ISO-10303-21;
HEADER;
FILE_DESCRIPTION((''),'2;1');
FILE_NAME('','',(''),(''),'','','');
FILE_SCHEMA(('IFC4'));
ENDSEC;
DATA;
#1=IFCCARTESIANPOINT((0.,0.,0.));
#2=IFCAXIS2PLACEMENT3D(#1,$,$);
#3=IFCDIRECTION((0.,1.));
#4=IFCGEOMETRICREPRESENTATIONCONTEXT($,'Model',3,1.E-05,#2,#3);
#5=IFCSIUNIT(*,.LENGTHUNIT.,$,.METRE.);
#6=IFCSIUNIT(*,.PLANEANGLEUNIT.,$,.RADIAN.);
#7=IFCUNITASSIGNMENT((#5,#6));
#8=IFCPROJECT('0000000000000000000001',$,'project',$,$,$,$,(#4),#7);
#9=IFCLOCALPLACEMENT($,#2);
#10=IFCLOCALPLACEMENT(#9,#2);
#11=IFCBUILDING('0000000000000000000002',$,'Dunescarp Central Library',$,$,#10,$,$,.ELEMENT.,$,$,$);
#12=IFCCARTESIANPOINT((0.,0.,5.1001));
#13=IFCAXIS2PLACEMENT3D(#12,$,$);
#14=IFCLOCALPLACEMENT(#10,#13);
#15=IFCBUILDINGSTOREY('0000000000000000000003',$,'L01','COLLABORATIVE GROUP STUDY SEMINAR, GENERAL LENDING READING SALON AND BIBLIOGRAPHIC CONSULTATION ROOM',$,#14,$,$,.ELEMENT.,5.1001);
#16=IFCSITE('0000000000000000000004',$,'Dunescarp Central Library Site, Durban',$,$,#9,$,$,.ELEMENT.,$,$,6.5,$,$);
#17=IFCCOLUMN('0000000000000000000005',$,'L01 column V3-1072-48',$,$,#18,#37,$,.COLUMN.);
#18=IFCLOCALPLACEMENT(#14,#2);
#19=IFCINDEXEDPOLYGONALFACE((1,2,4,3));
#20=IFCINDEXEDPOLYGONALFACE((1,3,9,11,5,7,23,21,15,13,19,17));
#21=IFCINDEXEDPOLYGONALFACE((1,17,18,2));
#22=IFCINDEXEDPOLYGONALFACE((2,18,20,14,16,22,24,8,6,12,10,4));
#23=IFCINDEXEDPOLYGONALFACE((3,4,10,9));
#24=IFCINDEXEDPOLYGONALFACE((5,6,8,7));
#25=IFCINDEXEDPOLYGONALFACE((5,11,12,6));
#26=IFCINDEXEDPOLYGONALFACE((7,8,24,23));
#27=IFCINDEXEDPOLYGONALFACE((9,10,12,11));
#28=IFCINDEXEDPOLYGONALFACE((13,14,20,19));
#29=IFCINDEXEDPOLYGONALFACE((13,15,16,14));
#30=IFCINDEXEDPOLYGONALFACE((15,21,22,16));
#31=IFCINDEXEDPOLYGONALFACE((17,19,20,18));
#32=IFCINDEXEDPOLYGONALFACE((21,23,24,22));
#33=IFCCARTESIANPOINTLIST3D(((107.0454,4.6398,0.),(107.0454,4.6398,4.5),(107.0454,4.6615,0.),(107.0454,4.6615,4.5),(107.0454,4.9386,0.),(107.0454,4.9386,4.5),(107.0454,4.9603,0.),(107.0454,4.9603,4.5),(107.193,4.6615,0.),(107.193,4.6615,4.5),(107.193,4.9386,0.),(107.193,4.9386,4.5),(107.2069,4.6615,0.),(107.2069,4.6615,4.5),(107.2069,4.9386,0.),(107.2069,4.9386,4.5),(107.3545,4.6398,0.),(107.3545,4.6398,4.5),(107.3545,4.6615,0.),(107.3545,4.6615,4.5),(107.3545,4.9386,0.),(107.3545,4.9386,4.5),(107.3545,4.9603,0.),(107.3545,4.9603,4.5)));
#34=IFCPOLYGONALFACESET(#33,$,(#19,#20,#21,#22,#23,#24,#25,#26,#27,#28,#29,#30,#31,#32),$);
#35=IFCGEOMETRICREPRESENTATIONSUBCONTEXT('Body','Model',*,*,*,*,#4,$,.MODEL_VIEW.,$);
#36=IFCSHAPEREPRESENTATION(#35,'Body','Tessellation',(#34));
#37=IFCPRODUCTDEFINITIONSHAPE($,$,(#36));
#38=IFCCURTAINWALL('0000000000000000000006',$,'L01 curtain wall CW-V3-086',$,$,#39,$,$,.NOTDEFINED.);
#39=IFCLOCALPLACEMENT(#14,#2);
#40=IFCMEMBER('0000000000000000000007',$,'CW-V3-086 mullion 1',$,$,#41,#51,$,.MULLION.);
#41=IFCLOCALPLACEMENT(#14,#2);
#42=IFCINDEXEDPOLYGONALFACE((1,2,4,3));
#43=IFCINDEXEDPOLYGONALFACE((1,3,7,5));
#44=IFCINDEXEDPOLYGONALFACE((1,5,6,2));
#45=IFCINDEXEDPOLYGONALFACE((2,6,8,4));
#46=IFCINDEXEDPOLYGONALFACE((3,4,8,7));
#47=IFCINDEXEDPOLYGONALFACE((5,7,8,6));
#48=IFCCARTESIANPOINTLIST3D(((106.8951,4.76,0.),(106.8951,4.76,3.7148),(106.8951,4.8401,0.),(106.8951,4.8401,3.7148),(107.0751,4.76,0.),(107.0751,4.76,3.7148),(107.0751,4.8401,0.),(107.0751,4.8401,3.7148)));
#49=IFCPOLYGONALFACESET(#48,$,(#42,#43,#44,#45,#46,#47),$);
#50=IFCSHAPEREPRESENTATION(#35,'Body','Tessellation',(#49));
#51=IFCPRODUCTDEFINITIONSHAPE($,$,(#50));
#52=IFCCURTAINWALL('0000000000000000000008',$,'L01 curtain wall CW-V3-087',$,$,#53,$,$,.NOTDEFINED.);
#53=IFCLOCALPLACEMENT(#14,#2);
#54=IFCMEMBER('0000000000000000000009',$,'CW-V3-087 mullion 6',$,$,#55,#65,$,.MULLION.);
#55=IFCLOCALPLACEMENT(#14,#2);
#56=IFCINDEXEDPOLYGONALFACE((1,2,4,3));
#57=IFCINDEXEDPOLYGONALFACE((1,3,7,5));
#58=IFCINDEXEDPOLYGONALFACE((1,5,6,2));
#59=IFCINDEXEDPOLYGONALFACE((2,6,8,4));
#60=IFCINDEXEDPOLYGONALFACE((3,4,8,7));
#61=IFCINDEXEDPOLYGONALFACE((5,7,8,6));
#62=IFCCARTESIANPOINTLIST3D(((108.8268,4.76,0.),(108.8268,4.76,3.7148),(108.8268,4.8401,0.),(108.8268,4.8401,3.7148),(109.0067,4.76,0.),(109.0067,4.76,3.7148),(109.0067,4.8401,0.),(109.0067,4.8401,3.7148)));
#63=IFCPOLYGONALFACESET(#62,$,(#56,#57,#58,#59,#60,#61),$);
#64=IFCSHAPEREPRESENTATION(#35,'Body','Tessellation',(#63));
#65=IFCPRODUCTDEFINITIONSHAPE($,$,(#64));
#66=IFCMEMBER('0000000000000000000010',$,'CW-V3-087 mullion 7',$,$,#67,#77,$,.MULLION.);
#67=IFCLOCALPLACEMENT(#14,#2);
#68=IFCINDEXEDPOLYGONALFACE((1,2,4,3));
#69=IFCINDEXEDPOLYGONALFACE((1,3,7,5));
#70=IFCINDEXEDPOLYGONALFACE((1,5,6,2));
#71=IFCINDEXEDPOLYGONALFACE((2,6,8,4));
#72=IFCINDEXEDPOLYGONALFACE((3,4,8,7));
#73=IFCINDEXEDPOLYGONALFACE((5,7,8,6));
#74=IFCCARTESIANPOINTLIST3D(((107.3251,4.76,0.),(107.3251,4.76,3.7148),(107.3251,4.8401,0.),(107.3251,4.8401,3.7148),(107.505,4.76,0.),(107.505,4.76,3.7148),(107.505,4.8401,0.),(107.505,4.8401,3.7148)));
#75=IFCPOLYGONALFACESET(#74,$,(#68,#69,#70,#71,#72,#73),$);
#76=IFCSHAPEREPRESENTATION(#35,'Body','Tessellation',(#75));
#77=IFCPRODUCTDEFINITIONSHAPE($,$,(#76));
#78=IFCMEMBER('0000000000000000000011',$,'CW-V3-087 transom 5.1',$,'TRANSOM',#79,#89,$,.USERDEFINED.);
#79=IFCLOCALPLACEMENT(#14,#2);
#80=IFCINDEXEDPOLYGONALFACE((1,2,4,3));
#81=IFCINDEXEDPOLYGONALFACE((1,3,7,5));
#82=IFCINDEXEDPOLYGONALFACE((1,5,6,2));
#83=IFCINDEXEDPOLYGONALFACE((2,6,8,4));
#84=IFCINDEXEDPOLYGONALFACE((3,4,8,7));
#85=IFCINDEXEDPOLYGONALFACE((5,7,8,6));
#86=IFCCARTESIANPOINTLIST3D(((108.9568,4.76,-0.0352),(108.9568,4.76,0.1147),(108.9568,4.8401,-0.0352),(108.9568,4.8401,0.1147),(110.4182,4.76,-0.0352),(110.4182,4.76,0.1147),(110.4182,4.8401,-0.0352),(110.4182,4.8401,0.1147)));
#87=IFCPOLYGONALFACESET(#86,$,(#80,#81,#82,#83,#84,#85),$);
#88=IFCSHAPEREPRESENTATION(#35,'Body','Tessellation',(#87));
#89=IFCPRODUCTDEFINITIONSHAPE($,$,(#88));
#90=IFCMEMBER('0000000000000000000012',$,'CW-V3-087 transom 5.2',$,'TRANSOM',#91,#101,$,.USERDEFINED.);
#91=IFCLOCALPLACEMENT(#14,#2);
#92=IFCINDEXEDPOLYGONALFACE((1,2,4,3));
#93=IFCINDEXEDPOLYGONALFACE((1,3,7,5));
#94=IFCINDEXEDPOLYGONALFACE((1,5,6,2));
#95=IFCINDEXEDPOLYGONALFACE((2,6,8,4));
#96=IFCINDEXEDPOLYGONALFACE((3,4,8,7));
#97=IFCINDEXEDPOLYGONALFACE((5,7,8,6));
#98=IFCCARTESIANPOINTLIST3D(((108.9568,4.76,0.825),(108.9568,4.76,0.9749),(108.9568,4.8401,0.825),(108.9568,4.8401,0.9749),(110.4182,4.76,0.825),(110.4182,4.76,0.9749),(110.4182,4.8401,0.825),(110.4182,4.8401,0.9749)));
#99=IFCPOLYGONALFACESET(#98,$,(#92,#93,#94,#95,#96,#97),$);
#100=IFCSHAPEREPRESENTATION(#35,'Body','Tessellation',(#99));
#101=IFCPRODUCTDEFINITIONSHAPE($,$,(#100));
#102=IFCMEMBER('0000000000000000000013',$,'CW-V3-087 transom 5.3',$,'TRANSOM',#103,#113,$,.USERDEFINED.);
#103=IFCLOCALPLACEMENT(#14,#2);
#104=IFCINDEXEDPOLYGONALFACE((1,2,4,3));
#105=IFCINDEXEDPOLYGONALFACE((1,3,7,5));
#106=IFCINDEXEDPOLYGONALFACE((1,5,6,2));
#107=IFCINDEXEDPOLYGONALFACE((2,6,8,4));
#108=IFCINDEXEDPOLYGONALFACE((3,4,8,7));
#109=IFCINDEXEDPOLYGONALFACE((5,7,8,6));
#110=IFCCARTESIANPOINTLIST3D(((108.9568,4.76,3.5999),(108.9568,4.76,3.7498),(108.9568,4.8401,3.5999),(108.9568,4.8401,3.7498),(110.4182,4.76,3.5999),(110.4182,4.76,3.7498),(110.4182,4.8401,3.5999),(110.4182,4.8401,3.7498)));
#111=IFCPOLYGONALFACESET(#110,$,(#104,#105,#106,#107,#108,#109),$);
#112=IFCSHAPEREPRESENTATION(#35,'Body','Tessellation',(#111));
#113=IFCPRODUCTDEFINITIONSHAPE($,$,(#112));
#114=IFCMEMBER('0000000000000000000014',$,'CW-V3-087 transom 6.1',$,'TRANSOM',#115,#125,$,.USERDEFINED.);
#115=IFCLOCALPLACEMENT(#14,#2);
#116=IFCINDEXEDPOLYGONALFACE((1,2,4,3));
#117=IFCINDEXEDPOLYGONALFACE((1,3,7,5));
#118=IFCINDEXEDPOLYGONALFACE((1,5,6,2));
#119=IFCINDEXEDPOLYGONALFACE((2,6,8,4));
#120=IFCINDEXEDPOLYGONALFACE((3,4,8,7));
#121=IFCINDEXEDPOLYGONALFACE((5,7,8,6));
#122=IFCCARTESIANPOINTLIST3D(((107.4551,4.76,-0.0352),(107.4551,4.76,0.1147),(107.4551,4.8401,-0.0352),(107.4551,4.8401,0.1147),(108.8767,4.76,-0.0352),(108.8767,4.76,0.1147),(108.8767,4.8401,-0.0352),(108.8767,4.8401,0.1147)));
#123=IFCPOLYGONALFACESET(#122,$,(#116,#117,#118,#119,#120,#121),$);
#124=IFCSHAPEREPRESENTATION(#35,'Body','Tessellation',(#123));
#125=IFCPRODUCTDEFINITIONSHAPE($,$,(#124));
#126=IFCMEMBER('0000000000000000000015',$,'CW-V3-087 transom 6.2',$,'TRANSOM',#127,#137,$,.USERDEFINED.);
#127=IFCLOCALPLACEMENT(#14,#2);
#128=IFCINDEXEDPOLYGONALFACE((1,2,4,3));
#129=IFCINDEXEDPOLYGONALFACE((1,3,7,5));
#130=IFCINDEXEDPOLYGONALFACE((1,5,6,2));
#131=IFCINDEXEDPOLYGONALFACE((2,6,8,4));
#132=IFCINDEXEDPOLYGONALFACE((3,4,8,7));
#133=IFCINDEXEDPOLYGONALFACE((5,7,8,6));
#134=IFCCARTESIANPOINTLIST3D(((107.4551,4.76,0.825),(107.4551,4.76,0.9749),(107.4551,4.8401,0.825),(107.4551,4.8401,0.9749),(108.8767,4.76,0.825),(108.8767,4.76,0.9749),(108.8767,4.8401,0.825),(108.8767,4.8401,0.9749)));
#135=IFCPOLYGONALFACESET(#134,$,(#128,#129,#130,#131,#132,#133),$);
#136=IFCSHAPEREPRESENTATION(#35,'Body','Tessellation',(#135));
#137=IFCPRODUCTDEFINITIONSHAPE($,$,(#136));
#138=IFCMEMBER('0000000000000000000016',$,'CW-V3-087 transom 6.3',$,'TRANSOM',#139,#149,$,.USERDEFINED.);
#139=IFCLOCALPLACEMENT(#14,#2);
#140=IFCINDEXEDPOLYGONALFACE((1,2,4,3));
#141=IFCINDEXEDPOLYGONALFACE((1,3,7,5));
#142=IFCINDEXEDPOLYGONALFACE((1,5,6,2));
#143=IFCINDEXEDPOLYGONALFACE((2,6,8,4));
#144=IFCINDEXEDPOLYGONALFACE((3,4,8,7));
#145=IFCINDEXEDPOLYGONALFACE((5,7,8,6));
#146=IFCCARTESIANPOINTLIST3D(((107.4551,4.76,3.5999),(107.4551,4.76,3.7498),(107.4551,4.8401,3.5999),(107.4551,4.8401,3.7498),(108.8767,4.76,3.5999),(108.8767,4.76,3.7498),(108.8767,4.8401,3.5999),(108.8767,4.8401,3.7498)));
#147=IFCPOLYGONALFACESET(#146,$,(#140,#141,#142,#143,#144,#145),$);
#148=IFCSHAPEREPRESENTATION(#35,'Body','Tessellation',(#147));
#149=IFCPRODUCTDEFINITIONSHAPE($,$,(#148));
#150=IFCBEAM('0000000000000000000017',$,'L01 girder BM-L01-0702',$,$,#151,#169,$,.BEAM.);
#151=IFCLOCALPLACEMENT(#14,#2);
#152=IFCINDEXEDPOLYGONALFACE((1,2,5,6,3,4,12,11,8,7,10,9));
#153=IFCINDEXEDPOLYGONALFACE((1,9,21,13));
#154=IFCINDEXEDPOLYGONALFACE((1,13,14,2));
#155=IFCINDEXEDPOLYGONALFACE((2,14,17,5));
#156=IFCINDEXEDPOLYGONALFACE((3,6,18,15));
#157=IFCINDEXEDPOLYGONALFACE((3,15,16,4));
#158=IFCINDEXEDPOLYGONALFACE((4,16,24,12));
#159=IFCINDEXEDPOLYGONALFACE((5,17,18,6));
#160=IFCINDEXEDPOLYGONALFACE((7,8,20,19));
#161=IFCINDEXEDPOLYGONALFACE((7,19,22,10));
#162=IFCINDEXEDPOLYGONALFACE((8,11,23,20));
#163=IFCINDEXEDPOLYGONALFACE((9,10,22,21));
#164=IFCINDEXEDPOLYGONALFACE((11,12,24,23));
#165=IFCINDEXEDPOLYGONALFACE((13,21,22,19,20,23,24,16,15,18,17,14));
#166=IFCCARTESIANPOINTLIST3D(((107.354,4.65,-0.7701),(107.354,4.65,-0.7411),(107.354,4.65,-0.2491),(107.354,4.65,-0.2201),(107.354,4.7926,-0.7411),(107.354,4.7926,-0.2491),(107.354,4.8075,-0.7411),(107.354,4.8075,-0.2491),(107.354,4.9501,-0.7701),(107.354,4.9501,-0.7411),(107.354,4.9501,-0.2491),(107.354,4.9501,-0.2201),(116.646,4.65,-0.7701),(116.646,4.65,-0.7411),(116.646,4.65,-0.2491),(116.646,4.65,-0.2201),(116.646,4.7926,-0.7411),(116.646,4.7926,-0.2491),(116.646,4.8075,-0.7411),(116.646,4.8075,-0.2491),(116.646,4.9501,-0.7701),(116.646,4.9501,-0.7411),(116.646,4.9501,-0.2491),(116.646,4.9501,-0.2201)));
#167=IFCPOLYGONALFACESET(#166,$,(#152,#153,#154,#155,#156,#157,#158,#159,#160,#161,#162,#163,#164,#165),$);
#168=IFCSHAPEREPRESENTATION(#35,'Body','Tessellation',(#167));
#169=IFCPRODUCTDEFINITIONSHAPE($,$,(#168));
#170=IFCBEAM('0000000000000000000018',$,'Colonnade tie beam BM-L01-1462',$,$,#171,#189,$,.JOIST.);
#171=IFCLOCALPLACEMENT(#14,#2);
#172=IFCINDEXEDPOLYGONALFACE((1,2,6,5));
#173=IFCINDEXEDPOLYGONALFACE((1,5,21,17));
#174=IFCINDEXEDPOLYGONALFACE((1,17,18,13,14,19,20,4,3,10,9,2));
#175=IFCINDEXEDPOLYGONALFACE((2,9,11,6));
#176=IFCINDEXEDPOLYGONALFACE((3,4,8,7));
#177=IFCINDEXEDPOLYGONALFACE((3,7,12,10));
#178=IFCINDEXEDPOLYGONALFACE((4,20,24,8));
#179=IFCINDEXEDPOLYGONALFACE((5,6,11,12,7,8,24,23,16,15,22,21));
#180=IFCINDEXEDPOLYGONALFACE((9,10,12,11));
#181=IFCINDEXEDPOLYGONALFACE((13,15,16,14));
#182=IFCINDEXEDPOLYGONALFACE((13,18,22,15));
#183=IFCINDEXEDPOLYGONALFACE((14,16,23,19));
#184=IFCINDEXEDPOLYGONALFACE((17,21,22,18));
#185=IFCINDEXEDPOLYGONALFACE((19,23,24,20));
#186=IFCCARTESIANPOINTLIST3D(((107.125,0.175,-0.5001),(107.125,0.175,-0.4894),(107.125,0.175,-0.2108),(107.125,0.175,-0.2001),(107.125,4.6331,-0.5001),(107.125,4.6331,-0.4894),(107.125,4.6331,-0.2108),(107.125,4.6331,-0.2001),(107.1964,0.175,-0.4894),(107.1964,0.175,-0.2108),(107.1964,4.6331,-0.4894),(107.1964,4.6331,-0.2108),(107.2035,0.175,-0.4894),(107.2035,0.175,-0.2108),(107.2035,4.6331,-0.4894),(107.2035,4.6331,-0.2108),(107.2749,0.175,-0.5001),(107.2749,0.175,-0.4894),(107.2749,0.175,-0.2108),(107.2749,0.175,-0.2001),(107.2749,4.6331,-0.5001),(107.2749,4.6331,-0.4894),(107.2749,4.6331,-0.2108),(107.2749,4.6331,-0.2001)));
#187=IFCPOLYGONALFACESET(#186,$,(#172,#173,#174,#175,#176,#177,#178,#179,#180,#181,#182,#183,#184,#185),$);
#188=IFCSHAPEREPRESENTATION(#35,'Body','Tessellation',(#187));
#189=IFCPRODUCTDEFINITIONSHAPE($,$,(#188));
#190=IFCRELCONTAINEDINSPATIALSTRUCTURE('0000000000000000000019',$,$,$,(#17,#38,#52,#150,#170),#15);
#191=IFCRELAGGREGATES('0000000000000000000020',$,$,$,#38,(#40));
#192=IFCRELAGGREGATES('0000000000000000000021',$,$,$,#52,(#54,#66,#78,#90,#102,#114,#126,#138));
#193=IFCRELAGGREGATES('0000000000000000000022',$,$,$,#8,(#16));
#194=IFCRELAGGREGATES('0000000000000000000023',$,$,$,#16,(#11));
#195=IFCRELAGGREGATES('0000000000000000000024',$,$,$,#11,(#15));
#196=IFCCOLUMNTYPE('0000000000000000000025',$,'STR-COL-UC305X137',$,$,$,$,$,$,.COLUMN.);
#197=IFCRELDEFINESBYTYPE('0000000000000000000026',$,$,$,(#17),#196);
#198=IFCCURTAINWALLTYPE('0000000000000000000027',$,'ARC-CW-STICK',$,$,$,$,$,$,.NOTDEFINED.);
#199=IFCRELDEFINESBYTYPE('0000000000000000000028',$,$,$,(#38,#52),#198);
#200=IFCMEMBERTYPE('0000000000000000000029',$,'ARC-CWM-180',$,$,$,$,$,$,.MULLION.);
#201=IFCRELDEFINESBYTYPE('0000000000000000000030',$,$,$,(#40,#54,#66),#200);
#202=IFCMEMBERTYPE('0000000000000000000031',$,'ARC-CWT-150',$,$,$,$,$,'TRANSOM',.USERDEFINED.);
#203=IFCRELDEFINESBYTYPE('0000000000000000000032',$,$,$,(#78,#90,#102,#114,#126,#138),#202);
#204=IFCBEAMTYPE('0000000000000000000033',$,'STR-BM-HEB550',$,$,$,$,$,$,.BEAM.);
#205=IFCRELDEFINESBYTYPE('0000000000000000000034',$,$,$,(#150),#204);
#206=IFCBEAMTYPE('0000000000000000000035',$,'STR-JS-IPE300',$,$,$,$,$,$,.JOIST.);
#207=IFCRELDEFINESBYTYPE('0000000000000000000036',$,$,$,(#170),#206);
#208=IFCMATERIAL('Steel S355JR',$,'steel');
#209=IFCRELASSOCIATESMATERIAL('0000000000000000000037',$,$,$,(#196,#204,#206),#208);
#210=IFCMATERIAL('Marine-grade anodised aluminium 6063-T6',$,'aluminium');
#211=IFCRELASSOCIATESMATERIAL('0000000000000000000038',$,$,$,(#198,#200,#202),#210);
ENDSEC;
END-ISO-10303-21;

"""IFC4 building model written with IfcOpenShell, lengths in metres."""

from ifc_helpers import new_model, si_unit, direction, frame, origin, origin_2d, place, context, subcontext, project, spatial, rectangle, i_section, extrude, material, material_profile, profile_set, type_object, element, aggregate, save


model = new_model("IFC4")

# Units and contexts
model_context = context("Model", 3, precision=1e-05, world=origin(), true_north=direction((0.0, 1.0)))
body_context = subcontext(model_context, "Body", "Model", "MODEL_VIEW")
ifc_project = project(units=[si_unit("LENGTHUNIT", "METRE"), si_unit("PLANEANGLEUNIT", "RADIAN")], contexts=[model_context])

# Site, building, storey
site_placement = place(None, origin())
site = spatial("IfcSite", under=ifc_project, at=site_placement, Name="Dunescarp Central Library Site, Durban", CompositionType="ELEMENT", RefElevation=6.5)
building_placement = place(site_placement, origin())
building = spatial("IfcBuilding", under=site, at=building_placement, Name="Dunescarp Central Library", CompositionType="ELEMENT")
storey_placement = place(building_placement, frame((0.0, 0.0, 5.1001)))
storey = spatial("IfcBuildingStorey", under=building, at=storey_placement, Name="L01", Description="COLLABORATIVE GROUP STUDY SEMINAR, GENERAL LENDING READING SALON AND BIBLIOGRAPHIC CONSULTATION ROOM", CompositionType="ELEMENT", Elevation=5.1001)

# Column
ifc_material_1 = material(Name="Steel S355JR", Category="steel")
ifc_material_profile_1 = material_profile(ifc_material_1, i_section(OverallWidth=0.3091, OverallDepth=0.3206, WebThickness=0.0139, FlangeThickness=0.0217, at=origin_2d()), Name="UC 305x305x137")
ifc_profile_set_1 = profile_set([ifc_material_profile_1], Name="Steel S355JR")
column_type = type_object("IfcColumnType", Name="STR-COL-UC305X137", PredefinedType="COLUMN", material=ifc_profile_set_1)
column_placement = place(storey_placement, frame((107.2, 4.8, 0.0), z_axis=(0.0, 0.0, 1.0), x_axis=(1.0, 0.0, 0.0)))
element("IfcColumn", 1, at=column_placement, inside=storey, type_object=column_type, Name="L01 column V3-1072-48", PredefinedType="COLUMN", context=body_context, shape_type="SweptSolid", body=[
    extrude(i_section(OverallWidth=0.3091, OverallDepth=0.3206, WebThickness=0.0139, FlangeThickness=0.0217, at=origin_2d()), origin(), (0.0, 0.0, 1.0), 4.5),
])

# Curtain wall, member
ifc_material_2 = material(Name="Marine-grade anodised aluminium 6063-T6", Category="aluminium")
curtain_wall_type = type_object("IfcCurtainWallType", Name="ARC-CW-STICK", PredefinedType="NOTDEFINED", material=ifc_material_2)
curtain_wall_1_placement = place(storey_placement, origin())
curtain_wall_1 = element("IfcCurtainWall", 2, at=curtain_wall_1_placement, inside=storey, type_object=curtain_wall_type, Name="L01 curtain wall CW-V3-086", PredefinedType="NOTDEFINED")
ifc_material_profile_2 = material_profile(ifc_material_2, rectangle(XDim=0.0801, YDim=0.1799, at=origin_2d()), Name="AL 80x180")
ifc_profile_set_2 = profile_set([ifc_material_profile_2], Name="Marine-grade anodised aluminium 6063-T6")
member_type_1 = type_object("IfcMemberType", Name="ARC-CWM-180", PredefinedType="MULLION", material=ifc_profile_set_2)
member_1_placement = place(storey_placement, frame((106.9851, 4.8, 0.0), z_axis=(0.0, 0.0, 1.0), x_axis=(0.0, -1.0, 0.0)))
member_1 = element("IfcMember", 3, at=member_1_placement, type_object=member_type_1, Name="CW-V3-086 mullion 1", PredefinedType="MULLION", context=body_context, shape_type="SweptSolid", body=[
    extrude(rectangle(XDim=0.0801, YDim=0.1799, at=origin_2d()), origin(), (0.0, 0.0, 1.0), 3.7148),
])
aggregate(curtain_wall_1, [member_1])

# Curtain wall, members
curtain_wall_2_placement = place(storey_placement, origin())
curtain_wall_2 = element("IfcCurtainWall", 4, at=curtain_wall_2_placement, inside=storey, type_object=curtain_wall_type, Name="L01 curtain wall CW-V3-087", PredefinedType="NOTDEFINED")
member_2_placement = place(storey_placement, frame((108.9167, 4.8, 0.0), z_axis=(0.0, 0.0, 1.0), x_axis=(0.0, -1.0, 0.0)))
member_2 = element("IfcMember", 5, at=member_2_placement, type_object=member_type_1, Name="CW-V3-087 mullion 6", PredefinedType="MULLION", context=body_context, shape_type="SweptSolid", body=[
    extrude(rectangle(XDim=0.0801, YDim=0.1799, at=origin_2d()), origin(), (0.0, 0.0, 1.0), 3.7148),
])
member_3_placement = place(storey_placement, frame((107.415, 4.8, 0.0), z_axis=(0.0, 0.0, 1.0), x_axis=(0.0, -1.0, 0.0)))
member_3 = element("IfcMember", 6, at=member_3_placement, type_object=member_type_1, Name="CW-V3-087 mullion 7", PredefinedType="MULLION", context=body_context, shape_type="SweptSolid", body=[
    extrude(rectangle(XDim=0.0801, YDim=0.1799, at=origin_2d()), origin(), (0.0, 0.0, 1.0), 3.7148),
])
ifc_material_profile_3 = material_profile(ifc_material_2, rectangle(XDim=0.0801, YDim=0.1499, at=origin_2d()), Name="AL 80x150")
ifc_profile_set_3 = profile_set([ifc_material_profile_3], Name="Marine-grade anodised aluminium 6063-T6")
member_type_2 = type_object("IfcMemberType", Name="ARC-CWT-150", ElementType="TRANSOM", PredefinedType="USERDEFINED", material=ifc_profile_set_3)
member_4_placement = place(storey_placement, frame((110.4182, 4.8, 0.0398), z_axis=(-1.0, 0.0, 0.0), x_axis=(0.0, -1.0, 0.0)))
member_4 = element("IfcMember", 7, at=member_4_placement, type_object=member_type_2, Name="CW-V3-087 transom 5.1", ObjectType="TRANSOM", PredefinedType="USERDEFINED", context=body_context, shape_type="SweptSolid", body=[
    extrude(rectangle(XDim=0.0801, YDim=0.1499, at=origin_2d()), origin(), (0.0, 0.0, 1.0), 1.4614),
])
member_5_placement = place(storey_placement, frame((110.4182, 4.8, 0.8999), z_axis=(-1.0, 0.0, 0.0), x_axis=(0.0, -1.0, 0.0)))
member_5 = element("IfcMember", 8, at=member_5_placement, type_object=member_type_2, Name="CW-V3-087 transom 5.2", ObjectType="TRANSOM", PredefinedType="USERDEFINED", context=body_context, shape_type="SweptSolid", body=[
    extrude(rectangle(XDim=0.0801, YDim=0.1499, at=origin_2d()), origin(), (0.0, 0.0, 1.0), 1.4614),
])
member_6_placement = place(storey_placement, frame((110.4182, 4.8, 3.6748), z_axis=(-1.0, 0.0, 0.0), x_axis=(0.0, -1.0, 0.0)))
member_6 = element("IfcMember", 9, at=member_6_placement, type_object=member_type_2, Name="CW-V3-087 transom 5.3", ObjectType="TRANSOM", PredefinedType="USERDEFINED", context=body_context, shape_type="SweptSolid", body=[
    extrude(rectangle(XDim=0.0801, YDim=0.1499, at=origin_2d()), origin(), (0.0, 0.0, 1.0), 1.4614),
])
member_7_placement = place(storey_placement, frame((108.8767, 4.8, 0.0398), z_axis=(-1.0, 0.0, 0.0), x_axis=(0.0, -1.0, 0.0)))
member_7 = element("IfcMember", 10, at=member_7_placement, type_object=member_type_2, Name="CW-V3-087 transom 6.1", ObjectType="TRANSOM", PredefinedType="USERDEFINED", context=body_context, shape_type="SweptSolid", body=[
    extrude(rectangle(XDim=0.0801, YDim=0.1499, at=origin_2d()), origin(), (0.0, 0.0, 1.0), 1.4216),
])
member_8_placement = place(storey_placement, frame((108.8767, 4.8, 0.8999), z_axis=(-1.0, 0.0, 0.0), x_axis=(0.0, -1.0, 0.0)))
member_8 = element("IfcMember", 11, at=member_8_placement, type_object=member_type_2, Name="CW-V3-087 transom 6.2", ObjectType="TRANSOM", PredefinedType="USERDEFINED", context=body_context, shape_type="SweptSolid", body=[
    extrude(rectangle(XDim=0.0801, YDim=0.1499, at=origin_2d()), origin(), (0.0, 0.0, 1.0), 1.4216),
])
member_9_placement = place(storey_placement, frame((108.8767, 4.8, 3.6748), z_axis=(-1.0, 0.0, 0.0), x_axis=(0.0, -1.0, 0.0)))
member_9 = element("IfcMember", 12, at=member_9_placement, type_object=member_type_2, Name="CW-V3-087 transom 6.3", ObjectType="TRANSOM", PredefinedType="USERDEFINED", context=body_context, shape_type="SweptSolid", body=[
    extrude(rectangle(XDim=0.0801, YDim=0.1499, at=origin_2d()), origin(), (0.0, 0.0, 1.0), 1.4216),
])

# Beams
ifc_material_profile_4 = material_profile(ifc_material_1, i_section(OverallWidth=0.3, OverallDepth=0.55, WebThickness=0.0149, FlangeThickness=0.0291, at=origin_2d()), Name="HEB 550")
ifc_profile_set_4 = profile_set([ifc_material_profile_4], Name="Steel S355JR")
beam_type_1 = type_object("IfcBeamType", Name="STR-BM-HEB550", PredefinedType="BEAM", material=ifc_profile_set_4)
beam_1_placement = place(storey_placement, frame((107.354, 4.8, -0.4951), z_axis=(1.0, 0.0, 0.0), x_axis=(0.0, 1.0, 0.0)))
element("IfcBeam", 13, at=beam_1_placement, inside=storey, type_object=beam_type_1, Name="L01 girder BM-L01-0702", PredefinedType="BEAM", context=body_context, shape_type="SweptSolid", body=[
    extrude(i_section(OverallWidth=0.3, OverallDepth=0.55, WebThickness=0.0149, FlangeThickness=0.0291, at=origin_2d()), origin(), (0.0, 0.0, 1.0), 9.292),
])
ifc_material_profile_5 = material_profile(ifc_material_1, i_section(OverallWidth=0.1499, OverallDepth=0.3, WebThickness=0.0071, FlangeThickness=0.0107, at=origin_2d()), Name="IPE 300")
ifc_profile_set_5 = profile_set([ifc_material_profile_5], Name="Steel S355JR")
beam_type_2 = type_object("IfcBeamType", Name="STR-JS-IPE300", PredefinedType="JOIST", material=ifc_profile_set_5)
beam_2_placement = place(storey_placement, frame((107.2, 0.175, -0.3501), z_axis=(0.0, 1.0, 0.0), x_axis=(-1.0, 0.0, 0.0)))
element("IfcBeam", 14, at=beam_2_placement, inside=storey, type_object=beam_type_2, Name="Colonnade tie beam BM-L01-1462", PredefinedType="JOIST", context=body_context, shape_type="SweptSolid", body=[
    extrude(i_section(OverallWidth=0.1499, OverallDepth=0.3, WebThickness=0.0071, FlangeThickness=0.0107, at=origin_2d()), origin(), (0.0, 0.0, 1.0), 4.458),
])

aggregate(curtain_wall_2, [member_2, member_3, member_4, member_5, member_6, member_7, member_8, member_9])

save(model, "model.ifc")
